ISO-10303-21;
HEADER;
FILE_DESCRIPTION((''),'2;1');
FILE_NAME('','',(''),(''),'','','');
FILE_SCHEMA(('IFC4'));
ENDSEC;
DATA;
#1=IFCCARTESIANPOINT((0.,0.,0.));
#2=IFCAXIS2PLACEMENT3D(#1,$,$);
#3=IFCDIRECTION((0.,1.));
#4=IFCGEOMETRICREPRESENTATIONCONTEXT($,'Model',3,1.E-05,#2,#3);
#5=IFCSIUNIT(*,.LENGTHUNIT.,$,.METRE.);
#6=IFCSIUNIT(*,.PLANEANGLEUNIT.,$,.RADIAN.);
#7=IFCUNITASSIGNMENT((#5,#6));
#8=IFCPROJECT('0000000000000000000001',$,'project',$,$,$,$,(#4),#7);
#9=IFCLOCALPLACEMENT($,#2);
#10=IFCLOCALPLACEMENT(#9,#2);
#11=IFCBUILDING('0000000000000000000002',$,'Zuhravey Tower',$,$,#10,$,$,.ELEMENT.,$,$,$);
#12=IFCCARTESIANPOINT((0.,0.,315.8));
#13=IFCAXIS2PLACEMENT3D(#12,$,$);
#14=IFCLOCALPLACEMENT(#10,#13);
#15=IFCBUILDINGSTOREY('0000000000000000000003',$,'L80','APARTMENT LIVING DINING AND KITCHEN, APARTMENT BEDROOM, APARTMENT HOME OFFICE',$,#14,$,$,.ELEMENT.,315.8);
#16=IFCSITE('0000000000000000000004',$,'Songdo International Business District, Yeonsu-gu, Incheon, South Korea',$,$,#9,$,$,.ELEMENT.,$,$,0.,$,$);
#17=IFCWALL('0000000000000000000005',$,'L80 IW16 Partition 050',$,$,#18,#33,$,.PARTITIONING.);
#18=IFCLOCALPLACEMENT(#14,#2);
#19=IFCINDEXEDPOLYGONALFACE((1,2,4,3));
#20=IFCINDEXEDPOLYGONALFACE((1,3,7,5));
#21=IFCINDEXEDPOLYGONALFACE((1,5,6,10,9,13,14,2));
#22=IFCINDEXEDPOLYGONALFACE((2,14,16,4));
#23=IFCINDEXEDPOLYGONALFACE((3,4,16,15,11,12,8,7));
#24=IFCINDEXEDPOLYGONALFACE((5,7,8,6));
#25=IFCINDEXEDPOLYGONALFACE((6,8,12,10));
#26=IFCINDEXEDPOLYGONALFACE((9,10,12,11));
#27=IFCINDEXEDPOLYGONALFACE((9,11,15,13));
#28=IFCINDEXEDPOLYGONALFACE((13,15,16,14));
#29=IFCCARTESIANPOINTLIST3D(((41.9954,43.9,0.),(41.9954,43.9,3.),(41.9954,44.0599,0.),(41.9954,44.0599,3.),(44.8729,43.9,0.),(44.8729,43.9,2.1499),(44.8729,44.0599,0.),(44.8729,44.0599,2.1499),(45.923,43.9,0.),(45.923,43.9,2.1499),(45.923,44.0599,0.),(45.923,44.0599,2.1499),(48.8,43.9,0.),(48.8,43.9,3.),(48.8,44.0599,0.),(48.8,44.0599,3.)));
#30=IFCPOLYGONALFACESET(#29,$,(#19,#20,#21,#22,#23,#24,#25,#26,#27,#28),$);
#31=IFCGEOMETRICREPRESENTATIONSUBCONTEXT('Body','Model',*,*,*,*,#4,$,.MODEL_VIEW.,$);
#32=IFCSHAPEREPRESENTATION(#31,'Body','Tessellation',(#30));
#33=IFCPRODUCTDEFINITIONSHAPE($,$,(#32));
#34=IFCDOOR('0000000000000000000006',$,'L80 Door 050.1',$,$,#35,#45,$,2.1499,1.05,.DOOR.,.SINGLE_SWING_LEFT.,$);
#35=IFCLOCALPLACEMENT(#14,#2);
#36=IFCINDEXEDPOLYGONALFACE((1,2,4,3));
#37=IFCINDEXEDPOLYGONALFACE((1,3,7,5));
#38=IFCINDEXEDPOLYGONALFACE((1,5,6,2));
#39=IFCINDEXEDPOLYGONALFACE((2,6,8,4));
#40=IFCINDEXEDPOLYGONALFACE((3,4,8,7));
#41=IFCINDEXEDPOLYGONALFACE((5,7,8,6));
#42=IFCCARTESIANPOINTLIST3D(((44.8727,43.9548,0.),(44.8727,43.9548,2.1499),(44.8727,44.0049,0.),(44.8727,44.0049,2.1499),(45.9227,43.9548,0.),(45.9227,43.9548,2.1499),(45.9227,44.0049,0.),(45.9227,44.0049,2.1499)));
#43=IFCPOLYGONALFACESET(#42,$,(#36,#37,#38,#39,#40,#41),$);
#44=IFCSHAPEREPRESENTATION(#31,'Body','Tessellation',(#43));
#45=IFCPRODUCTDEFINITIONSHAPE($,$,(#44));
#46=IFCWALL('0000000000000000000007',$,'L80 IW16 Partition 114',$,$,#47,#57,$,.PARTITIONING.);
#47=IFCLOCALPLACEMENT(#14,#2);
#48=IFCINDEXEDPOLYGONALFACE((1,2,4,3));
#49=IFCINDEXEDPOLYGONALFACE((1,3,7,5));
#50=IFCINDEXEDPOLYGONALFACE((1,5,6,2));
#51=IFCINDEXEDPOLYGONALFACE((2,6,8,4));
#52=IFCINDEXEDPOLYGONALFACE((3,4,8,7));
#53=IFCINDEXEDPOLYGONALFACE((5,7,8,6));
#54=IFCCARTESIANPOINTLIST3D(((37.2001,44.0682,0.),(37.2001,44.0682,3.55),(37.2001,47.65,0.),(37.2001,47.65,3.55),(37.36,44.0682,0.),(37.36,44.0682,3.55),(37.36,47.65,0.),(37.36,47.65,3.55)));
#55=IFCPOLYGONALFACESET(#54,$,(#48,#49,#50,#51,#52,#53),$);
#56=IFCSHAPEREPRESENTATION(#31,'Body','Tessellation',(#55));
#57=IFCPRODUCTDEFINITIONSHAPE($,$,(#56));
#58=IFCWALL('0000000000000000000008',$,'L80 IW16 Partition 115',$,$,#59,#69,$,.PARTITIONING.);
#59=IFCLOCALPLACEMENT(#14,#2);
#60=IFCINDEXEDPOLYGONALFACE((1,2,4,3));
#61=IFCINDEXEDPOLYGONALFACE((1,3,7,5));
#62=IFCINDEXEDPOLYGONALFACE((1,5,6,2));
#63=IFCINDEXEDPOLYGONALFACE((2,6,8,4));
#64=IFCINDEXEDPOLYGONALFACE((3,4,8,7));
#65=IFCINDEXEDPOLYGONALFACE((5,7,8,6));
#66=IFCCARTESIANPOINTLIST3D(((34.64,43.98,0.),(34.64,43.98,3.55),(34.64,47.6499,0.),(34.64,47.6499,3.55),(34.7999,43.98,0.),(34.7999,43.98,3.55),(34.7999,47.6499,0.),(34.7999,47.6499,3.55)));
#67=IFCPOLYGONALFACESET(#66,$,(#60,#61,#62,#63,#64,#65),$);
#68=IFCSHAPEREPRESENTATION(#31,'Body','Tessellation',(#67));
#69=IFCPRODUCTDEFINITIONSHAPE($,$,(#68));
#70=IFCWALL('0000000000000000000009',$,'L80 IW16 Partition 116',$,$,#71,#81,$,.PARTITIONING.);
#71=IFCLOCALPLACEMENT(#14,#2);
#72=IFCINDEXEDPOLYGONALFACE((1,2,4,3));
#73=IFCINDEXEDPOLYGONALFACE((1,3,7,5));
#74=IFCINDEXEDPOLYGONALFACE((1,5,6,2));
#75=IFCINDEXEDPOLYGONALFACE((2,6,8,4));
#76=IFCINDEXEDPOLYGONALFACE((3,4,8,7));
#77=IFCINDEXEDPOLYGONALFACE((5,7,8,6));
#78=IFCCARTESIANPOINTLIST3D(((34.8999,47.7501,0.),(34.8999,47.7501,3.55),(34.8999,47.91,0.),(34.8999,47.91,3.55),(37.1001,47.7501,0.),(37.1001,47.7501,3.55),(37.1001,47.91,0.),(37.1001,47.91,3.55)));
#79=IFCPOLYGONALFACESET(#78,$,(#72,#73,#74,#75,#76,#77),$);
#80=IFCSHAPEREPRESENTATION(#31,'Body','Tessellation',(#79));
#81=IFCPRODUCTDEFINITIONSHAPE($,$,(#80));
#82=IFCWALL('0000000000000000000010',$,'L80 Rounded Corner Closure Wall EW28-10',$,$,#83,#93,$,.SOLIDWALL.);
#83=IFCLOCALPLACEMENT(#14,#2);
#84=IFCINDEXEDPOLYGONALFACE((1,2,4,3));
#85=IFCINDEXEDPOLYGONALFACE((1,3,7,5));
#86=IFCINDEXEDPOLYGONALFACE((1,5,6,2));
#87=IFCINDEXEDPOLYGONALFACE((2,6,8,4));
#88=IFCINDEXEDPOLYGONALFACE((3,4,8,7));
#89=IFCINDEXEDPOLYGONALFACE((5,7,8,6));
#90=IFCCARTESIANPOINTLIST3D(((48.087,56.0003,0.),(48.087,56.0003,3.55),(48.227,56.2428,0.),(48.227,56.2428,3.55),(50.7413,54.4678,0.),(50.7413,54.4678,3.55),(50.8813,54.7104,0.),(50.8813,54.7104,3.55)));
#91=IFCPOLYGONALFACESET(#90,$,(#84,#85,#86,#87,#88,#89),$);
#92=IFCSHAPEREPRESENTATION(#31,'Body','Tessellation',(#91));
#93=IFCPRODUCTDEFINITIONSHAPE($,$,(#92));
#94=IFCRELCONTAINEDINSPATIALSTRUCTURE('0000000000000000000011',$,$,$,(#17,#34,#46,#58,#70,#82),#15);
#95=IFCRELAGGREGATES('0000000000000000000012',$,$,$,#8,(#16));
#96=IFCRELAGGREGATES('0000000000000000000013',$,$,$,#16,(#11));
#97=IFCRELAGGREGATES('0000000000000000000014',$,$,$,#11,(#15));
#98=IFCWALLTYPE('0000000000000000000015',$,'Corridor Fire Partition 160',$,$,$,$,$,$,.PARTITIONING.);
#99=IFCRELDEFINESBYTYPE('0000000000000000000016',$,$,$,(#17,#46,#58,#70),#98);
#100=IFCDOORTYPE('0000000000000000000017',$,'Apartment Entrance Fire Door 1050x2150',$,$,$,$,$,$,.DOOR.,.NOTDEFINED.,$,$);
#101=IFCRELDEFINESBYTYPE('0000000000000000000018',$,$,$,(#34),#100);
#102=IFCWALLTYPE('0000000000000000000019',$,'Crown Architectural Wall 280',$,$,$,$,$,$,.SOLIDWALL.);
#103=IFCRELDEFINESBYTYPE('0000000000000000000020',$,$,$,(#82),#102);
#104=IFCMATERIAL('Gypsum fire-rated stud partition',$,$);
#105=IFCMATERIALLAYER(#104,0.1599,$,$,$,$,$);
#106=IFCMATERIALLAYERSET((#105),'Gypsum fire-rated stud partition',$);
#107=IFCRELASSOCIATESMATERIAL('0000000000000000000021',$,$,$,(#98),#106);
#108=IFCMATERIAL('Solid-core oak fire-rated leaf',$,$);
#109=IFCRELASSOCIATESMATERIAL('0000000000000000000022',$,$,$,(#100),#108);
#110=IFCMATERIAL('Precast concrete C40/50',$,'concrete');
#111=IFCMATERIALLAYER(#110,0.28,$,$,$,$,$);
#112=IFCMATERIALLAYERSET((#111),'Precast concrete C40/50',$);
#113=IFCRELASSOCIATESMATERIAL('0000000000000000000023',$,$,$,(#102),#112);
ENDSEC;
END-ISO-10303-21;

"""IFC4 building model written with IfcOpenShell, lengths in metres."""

from ifc_helpers import new_model, si_unit, direction, frame, frame_2d, origin, place, context, subcontext, project, spatial, rectangle, extrude, material, layer, layer_set, type_object, element, fill, save


model = new_model("IFC4")

# Units and contexts
model_context = context("Model", 3, precision=1e-05, world=origin(), true_north=direction((0.0, 1.0)))
body_context = subcontext(model_context, "Body", "Model", "MODEL_VIEW")
ifc_project = project(units=[si_unit("LENGTHUNIT", "METRE"), si_unit("PLANEANGLEUNIT", "RADIAN")], contexts=[model_context])

# Site, building, storey
site_placement = place(None, origin())
site = spatial("IfcSite", under=ifc_project, at=site_placement, Name="Songdo International Business District, Yeonsu-gu, Incheon, South Korea", CompositionType="ELEMENT", RefElevation=0.0)
building_placement = place(site_placement, origin())
building = spatial("IfcBuilding", under=site, at=building_placement, Name="Zuhravey Tower", CompositionType="ELEMENT")
storey_placement = place(building_placement, frame((0.0, 0.0, 315.8)))
storey = spatial("IfcBuildingStorey", under=building, at=storey_placement, Name="L80", Description="APARTMENT LIVING DINING AND KITCHEN, APARTMENT BEDROOM, APARTMENT HOME OFFICE", CompositionType="ELEMENT", Elevation=315.8)

# Wall, opening, door
ifc_material_1 = material(Name="Gypsum fire-rated stud partition")
ifc_layer_1 = layer(ifc_material_1, 0.1599)
ifc_layer_set_1 = layer_set([ifc_layer_1], Name="Gypsum fire-rated stud partition")
wall_type_1 = type_object("IfcWallType", Name="Corridor Fire Partition 160", PredefinedType="PARTITIONING", material=ifc_layer_set_1)
wall_1_placement = place(storey_placement, frame((48.8, 43.98, 0.0), z_axis=(0.0, 0.0, 1.0), x_axis=(-1.0, 0.0, 0.0)))
wall_1 = element("IfcWall", 1, at=wall_1_placement, inside=storey, type_object=wall_type_1, Name="L80 IW16 Partition 050", PredefinedType="PARTITIONING", context=body_context, shape_type="SweptSolid", body=[
    extrude(rectangle(XDim=6.8047, YDim=0.1599, at=frame_2d((3.4023, 0.0))), origin(), (0.0, 0.0, 1.0), 3.0),
])
opening_placement = place(wall_1_placement, frame((2.8772, 0.0, 0.0)))
opening = element("IfcOpeningElement", 2, at=opening_placement, cuts=wall_1, PredefinedType="OPENING", context=body_context, shape_type="SweptSolid", body=[
    extrude(rectangle(XDim=1.05, YDim=2.1499, at=frame_2d((0.5249, 1.075))), frame((0.0, 0.092, 0.0), z_axis=(0.0, -1.0, 0.0), x_axis=(1.0, 0.0, 0.0)), (0.0, 0.0, 1.0), 0.1838),
])
ifc_material_2 = material(Name="Solid-core oak fire-rated leaf")
door_type = type_object("IfcDoorType", Name="Apartment Entrance Fire Door 1050x2150", OperationType="NOTDEFINED", PredefinedType="DOOR", material=ifc_material_2)
door_placement = place(opening_placement, frame((1.05, 0.0, 0.0), z_axis=(0.0, 0.0, 1.0), x_axis=(-1.0, 0.0, 0.0)))
door = element("IfcDoor", 3, at=door_placement, inside=storey, type_object=door_type, Name="L80 Door 050.1", OperationType="SINGLE_SWING_LEFT", OverallHeight=2.1499, OverallWidth=1.05, PredefinedType="DOOR", context=body_context, shape_type="SweptSolid", body=[
    extrude(rectangle(XDim=1.05, YDim=2.1499, at=frame_2d((0.5249, 1.075))), frame((0.0, 0.0249, 0.0), z_axis=(0.0, -1.0, 0.0), x_axis=(1.0, 0.0, 0.0)), (0.0, 0.0, 1.0), 0.05),
])
fill(opening, door)

# Walls
wall_2_placement = place(storey_placement, frame((37.28, 44.0681, 0.0), z_axis=(0.0, 0.0, 1.0), x_axis=(0.0, 1.0, 0.0)))
element("IfcWall", 4, at=wall_2_placement, inside=storey, type_object=wall_type_1, Name="L80 IW16 Partition 114", PredefinedType="PARTITIONING", context=body_context, shape_type="SweptSolid", body=[
    extrude(rectangle(XDim=3.5818, YDim=0.1599, at=frame_2d((1.791, 0.0))), origin(), (0.0, 0.0, 1.0), 3.55),
])
wall_3_placement = place(storey_placement, frame((34.72, 47.6499, 0.0), z_axis=(0.0, 0.0, 1.0), x_axis=(0.0, -1.0, 0.0)))
element("IfcWall", 5, at=wall_3_placement, inside=storey, type_object=wall_type_1, Name="L80 IW16 Partition 115", PredefinedType="PARTITIONING", context=body_context, shape_type="SweptSolid", body=[
    extrude(rectangle(XDim=3.6699, YDim=0.1599, at=frame_2d((1.835, 0.0))), origin(), (0.0, 0.0, 1.0), 3.55),
])
wall_4_placement = place(storey_placement, frame((37.1001, 47.8301, 0.0), z_axis=(0.0, 0.0, 1.0), x_axis=(-1.0, 0.0, 0.0)))
element("IfcWall", 6, at=wall_4_placement, inside=storey, type_object=wall_type_1, Name="L80 IW16 Partition 116", PredefinedType="PARTITIONING", context=body_context, shape_type="SweptSolid", body=[
    extrude(rectangle(XDim=2.2002, YDim=0.1599, at=frame_2d((1.1001, 0.0))), origin(), (0.0, 0.0, 1.0), 3.55),
])
ifc_material_3 = material(Name="Precast concrete C40/50", Category="concrete")
ifc_layer_2 = layer(ifc_material_3, 0.28)
ifc_layer_set_2 = layer_set([ifc_layer_2], Name="Precast concrete C40/50")
wall_type_2 = type_object("IfcWallType", Name="Crown Architectural Wall 280", PredefinedType="SOLIDWALL", material=ifc_layer_set_2)
wall_5_placement = place(storey_placement, frame((48.157, 56.1216, 0.0), z_axis=(0.0, 0.0, 1.0), x_axis=(0.866024, -0.500003, 0.0)))
element("IfcWall", 7, at=wall_5_placement, inside=storey, type_object=wall_type_2, Name="L80 Rounded Corner Closure Wall EW28-10", PredefinedType="SOLIDWALL", context=body_context, shape_type="SweptSolid", body=[
    extrude(rectangle(XDim=3.0649, YDim=0.28, at=frame_2d((1.5325, 0.0))), origin(), (0.0, 0.0, 1.0), 3.55),
])

save(model, "model.ifc")
